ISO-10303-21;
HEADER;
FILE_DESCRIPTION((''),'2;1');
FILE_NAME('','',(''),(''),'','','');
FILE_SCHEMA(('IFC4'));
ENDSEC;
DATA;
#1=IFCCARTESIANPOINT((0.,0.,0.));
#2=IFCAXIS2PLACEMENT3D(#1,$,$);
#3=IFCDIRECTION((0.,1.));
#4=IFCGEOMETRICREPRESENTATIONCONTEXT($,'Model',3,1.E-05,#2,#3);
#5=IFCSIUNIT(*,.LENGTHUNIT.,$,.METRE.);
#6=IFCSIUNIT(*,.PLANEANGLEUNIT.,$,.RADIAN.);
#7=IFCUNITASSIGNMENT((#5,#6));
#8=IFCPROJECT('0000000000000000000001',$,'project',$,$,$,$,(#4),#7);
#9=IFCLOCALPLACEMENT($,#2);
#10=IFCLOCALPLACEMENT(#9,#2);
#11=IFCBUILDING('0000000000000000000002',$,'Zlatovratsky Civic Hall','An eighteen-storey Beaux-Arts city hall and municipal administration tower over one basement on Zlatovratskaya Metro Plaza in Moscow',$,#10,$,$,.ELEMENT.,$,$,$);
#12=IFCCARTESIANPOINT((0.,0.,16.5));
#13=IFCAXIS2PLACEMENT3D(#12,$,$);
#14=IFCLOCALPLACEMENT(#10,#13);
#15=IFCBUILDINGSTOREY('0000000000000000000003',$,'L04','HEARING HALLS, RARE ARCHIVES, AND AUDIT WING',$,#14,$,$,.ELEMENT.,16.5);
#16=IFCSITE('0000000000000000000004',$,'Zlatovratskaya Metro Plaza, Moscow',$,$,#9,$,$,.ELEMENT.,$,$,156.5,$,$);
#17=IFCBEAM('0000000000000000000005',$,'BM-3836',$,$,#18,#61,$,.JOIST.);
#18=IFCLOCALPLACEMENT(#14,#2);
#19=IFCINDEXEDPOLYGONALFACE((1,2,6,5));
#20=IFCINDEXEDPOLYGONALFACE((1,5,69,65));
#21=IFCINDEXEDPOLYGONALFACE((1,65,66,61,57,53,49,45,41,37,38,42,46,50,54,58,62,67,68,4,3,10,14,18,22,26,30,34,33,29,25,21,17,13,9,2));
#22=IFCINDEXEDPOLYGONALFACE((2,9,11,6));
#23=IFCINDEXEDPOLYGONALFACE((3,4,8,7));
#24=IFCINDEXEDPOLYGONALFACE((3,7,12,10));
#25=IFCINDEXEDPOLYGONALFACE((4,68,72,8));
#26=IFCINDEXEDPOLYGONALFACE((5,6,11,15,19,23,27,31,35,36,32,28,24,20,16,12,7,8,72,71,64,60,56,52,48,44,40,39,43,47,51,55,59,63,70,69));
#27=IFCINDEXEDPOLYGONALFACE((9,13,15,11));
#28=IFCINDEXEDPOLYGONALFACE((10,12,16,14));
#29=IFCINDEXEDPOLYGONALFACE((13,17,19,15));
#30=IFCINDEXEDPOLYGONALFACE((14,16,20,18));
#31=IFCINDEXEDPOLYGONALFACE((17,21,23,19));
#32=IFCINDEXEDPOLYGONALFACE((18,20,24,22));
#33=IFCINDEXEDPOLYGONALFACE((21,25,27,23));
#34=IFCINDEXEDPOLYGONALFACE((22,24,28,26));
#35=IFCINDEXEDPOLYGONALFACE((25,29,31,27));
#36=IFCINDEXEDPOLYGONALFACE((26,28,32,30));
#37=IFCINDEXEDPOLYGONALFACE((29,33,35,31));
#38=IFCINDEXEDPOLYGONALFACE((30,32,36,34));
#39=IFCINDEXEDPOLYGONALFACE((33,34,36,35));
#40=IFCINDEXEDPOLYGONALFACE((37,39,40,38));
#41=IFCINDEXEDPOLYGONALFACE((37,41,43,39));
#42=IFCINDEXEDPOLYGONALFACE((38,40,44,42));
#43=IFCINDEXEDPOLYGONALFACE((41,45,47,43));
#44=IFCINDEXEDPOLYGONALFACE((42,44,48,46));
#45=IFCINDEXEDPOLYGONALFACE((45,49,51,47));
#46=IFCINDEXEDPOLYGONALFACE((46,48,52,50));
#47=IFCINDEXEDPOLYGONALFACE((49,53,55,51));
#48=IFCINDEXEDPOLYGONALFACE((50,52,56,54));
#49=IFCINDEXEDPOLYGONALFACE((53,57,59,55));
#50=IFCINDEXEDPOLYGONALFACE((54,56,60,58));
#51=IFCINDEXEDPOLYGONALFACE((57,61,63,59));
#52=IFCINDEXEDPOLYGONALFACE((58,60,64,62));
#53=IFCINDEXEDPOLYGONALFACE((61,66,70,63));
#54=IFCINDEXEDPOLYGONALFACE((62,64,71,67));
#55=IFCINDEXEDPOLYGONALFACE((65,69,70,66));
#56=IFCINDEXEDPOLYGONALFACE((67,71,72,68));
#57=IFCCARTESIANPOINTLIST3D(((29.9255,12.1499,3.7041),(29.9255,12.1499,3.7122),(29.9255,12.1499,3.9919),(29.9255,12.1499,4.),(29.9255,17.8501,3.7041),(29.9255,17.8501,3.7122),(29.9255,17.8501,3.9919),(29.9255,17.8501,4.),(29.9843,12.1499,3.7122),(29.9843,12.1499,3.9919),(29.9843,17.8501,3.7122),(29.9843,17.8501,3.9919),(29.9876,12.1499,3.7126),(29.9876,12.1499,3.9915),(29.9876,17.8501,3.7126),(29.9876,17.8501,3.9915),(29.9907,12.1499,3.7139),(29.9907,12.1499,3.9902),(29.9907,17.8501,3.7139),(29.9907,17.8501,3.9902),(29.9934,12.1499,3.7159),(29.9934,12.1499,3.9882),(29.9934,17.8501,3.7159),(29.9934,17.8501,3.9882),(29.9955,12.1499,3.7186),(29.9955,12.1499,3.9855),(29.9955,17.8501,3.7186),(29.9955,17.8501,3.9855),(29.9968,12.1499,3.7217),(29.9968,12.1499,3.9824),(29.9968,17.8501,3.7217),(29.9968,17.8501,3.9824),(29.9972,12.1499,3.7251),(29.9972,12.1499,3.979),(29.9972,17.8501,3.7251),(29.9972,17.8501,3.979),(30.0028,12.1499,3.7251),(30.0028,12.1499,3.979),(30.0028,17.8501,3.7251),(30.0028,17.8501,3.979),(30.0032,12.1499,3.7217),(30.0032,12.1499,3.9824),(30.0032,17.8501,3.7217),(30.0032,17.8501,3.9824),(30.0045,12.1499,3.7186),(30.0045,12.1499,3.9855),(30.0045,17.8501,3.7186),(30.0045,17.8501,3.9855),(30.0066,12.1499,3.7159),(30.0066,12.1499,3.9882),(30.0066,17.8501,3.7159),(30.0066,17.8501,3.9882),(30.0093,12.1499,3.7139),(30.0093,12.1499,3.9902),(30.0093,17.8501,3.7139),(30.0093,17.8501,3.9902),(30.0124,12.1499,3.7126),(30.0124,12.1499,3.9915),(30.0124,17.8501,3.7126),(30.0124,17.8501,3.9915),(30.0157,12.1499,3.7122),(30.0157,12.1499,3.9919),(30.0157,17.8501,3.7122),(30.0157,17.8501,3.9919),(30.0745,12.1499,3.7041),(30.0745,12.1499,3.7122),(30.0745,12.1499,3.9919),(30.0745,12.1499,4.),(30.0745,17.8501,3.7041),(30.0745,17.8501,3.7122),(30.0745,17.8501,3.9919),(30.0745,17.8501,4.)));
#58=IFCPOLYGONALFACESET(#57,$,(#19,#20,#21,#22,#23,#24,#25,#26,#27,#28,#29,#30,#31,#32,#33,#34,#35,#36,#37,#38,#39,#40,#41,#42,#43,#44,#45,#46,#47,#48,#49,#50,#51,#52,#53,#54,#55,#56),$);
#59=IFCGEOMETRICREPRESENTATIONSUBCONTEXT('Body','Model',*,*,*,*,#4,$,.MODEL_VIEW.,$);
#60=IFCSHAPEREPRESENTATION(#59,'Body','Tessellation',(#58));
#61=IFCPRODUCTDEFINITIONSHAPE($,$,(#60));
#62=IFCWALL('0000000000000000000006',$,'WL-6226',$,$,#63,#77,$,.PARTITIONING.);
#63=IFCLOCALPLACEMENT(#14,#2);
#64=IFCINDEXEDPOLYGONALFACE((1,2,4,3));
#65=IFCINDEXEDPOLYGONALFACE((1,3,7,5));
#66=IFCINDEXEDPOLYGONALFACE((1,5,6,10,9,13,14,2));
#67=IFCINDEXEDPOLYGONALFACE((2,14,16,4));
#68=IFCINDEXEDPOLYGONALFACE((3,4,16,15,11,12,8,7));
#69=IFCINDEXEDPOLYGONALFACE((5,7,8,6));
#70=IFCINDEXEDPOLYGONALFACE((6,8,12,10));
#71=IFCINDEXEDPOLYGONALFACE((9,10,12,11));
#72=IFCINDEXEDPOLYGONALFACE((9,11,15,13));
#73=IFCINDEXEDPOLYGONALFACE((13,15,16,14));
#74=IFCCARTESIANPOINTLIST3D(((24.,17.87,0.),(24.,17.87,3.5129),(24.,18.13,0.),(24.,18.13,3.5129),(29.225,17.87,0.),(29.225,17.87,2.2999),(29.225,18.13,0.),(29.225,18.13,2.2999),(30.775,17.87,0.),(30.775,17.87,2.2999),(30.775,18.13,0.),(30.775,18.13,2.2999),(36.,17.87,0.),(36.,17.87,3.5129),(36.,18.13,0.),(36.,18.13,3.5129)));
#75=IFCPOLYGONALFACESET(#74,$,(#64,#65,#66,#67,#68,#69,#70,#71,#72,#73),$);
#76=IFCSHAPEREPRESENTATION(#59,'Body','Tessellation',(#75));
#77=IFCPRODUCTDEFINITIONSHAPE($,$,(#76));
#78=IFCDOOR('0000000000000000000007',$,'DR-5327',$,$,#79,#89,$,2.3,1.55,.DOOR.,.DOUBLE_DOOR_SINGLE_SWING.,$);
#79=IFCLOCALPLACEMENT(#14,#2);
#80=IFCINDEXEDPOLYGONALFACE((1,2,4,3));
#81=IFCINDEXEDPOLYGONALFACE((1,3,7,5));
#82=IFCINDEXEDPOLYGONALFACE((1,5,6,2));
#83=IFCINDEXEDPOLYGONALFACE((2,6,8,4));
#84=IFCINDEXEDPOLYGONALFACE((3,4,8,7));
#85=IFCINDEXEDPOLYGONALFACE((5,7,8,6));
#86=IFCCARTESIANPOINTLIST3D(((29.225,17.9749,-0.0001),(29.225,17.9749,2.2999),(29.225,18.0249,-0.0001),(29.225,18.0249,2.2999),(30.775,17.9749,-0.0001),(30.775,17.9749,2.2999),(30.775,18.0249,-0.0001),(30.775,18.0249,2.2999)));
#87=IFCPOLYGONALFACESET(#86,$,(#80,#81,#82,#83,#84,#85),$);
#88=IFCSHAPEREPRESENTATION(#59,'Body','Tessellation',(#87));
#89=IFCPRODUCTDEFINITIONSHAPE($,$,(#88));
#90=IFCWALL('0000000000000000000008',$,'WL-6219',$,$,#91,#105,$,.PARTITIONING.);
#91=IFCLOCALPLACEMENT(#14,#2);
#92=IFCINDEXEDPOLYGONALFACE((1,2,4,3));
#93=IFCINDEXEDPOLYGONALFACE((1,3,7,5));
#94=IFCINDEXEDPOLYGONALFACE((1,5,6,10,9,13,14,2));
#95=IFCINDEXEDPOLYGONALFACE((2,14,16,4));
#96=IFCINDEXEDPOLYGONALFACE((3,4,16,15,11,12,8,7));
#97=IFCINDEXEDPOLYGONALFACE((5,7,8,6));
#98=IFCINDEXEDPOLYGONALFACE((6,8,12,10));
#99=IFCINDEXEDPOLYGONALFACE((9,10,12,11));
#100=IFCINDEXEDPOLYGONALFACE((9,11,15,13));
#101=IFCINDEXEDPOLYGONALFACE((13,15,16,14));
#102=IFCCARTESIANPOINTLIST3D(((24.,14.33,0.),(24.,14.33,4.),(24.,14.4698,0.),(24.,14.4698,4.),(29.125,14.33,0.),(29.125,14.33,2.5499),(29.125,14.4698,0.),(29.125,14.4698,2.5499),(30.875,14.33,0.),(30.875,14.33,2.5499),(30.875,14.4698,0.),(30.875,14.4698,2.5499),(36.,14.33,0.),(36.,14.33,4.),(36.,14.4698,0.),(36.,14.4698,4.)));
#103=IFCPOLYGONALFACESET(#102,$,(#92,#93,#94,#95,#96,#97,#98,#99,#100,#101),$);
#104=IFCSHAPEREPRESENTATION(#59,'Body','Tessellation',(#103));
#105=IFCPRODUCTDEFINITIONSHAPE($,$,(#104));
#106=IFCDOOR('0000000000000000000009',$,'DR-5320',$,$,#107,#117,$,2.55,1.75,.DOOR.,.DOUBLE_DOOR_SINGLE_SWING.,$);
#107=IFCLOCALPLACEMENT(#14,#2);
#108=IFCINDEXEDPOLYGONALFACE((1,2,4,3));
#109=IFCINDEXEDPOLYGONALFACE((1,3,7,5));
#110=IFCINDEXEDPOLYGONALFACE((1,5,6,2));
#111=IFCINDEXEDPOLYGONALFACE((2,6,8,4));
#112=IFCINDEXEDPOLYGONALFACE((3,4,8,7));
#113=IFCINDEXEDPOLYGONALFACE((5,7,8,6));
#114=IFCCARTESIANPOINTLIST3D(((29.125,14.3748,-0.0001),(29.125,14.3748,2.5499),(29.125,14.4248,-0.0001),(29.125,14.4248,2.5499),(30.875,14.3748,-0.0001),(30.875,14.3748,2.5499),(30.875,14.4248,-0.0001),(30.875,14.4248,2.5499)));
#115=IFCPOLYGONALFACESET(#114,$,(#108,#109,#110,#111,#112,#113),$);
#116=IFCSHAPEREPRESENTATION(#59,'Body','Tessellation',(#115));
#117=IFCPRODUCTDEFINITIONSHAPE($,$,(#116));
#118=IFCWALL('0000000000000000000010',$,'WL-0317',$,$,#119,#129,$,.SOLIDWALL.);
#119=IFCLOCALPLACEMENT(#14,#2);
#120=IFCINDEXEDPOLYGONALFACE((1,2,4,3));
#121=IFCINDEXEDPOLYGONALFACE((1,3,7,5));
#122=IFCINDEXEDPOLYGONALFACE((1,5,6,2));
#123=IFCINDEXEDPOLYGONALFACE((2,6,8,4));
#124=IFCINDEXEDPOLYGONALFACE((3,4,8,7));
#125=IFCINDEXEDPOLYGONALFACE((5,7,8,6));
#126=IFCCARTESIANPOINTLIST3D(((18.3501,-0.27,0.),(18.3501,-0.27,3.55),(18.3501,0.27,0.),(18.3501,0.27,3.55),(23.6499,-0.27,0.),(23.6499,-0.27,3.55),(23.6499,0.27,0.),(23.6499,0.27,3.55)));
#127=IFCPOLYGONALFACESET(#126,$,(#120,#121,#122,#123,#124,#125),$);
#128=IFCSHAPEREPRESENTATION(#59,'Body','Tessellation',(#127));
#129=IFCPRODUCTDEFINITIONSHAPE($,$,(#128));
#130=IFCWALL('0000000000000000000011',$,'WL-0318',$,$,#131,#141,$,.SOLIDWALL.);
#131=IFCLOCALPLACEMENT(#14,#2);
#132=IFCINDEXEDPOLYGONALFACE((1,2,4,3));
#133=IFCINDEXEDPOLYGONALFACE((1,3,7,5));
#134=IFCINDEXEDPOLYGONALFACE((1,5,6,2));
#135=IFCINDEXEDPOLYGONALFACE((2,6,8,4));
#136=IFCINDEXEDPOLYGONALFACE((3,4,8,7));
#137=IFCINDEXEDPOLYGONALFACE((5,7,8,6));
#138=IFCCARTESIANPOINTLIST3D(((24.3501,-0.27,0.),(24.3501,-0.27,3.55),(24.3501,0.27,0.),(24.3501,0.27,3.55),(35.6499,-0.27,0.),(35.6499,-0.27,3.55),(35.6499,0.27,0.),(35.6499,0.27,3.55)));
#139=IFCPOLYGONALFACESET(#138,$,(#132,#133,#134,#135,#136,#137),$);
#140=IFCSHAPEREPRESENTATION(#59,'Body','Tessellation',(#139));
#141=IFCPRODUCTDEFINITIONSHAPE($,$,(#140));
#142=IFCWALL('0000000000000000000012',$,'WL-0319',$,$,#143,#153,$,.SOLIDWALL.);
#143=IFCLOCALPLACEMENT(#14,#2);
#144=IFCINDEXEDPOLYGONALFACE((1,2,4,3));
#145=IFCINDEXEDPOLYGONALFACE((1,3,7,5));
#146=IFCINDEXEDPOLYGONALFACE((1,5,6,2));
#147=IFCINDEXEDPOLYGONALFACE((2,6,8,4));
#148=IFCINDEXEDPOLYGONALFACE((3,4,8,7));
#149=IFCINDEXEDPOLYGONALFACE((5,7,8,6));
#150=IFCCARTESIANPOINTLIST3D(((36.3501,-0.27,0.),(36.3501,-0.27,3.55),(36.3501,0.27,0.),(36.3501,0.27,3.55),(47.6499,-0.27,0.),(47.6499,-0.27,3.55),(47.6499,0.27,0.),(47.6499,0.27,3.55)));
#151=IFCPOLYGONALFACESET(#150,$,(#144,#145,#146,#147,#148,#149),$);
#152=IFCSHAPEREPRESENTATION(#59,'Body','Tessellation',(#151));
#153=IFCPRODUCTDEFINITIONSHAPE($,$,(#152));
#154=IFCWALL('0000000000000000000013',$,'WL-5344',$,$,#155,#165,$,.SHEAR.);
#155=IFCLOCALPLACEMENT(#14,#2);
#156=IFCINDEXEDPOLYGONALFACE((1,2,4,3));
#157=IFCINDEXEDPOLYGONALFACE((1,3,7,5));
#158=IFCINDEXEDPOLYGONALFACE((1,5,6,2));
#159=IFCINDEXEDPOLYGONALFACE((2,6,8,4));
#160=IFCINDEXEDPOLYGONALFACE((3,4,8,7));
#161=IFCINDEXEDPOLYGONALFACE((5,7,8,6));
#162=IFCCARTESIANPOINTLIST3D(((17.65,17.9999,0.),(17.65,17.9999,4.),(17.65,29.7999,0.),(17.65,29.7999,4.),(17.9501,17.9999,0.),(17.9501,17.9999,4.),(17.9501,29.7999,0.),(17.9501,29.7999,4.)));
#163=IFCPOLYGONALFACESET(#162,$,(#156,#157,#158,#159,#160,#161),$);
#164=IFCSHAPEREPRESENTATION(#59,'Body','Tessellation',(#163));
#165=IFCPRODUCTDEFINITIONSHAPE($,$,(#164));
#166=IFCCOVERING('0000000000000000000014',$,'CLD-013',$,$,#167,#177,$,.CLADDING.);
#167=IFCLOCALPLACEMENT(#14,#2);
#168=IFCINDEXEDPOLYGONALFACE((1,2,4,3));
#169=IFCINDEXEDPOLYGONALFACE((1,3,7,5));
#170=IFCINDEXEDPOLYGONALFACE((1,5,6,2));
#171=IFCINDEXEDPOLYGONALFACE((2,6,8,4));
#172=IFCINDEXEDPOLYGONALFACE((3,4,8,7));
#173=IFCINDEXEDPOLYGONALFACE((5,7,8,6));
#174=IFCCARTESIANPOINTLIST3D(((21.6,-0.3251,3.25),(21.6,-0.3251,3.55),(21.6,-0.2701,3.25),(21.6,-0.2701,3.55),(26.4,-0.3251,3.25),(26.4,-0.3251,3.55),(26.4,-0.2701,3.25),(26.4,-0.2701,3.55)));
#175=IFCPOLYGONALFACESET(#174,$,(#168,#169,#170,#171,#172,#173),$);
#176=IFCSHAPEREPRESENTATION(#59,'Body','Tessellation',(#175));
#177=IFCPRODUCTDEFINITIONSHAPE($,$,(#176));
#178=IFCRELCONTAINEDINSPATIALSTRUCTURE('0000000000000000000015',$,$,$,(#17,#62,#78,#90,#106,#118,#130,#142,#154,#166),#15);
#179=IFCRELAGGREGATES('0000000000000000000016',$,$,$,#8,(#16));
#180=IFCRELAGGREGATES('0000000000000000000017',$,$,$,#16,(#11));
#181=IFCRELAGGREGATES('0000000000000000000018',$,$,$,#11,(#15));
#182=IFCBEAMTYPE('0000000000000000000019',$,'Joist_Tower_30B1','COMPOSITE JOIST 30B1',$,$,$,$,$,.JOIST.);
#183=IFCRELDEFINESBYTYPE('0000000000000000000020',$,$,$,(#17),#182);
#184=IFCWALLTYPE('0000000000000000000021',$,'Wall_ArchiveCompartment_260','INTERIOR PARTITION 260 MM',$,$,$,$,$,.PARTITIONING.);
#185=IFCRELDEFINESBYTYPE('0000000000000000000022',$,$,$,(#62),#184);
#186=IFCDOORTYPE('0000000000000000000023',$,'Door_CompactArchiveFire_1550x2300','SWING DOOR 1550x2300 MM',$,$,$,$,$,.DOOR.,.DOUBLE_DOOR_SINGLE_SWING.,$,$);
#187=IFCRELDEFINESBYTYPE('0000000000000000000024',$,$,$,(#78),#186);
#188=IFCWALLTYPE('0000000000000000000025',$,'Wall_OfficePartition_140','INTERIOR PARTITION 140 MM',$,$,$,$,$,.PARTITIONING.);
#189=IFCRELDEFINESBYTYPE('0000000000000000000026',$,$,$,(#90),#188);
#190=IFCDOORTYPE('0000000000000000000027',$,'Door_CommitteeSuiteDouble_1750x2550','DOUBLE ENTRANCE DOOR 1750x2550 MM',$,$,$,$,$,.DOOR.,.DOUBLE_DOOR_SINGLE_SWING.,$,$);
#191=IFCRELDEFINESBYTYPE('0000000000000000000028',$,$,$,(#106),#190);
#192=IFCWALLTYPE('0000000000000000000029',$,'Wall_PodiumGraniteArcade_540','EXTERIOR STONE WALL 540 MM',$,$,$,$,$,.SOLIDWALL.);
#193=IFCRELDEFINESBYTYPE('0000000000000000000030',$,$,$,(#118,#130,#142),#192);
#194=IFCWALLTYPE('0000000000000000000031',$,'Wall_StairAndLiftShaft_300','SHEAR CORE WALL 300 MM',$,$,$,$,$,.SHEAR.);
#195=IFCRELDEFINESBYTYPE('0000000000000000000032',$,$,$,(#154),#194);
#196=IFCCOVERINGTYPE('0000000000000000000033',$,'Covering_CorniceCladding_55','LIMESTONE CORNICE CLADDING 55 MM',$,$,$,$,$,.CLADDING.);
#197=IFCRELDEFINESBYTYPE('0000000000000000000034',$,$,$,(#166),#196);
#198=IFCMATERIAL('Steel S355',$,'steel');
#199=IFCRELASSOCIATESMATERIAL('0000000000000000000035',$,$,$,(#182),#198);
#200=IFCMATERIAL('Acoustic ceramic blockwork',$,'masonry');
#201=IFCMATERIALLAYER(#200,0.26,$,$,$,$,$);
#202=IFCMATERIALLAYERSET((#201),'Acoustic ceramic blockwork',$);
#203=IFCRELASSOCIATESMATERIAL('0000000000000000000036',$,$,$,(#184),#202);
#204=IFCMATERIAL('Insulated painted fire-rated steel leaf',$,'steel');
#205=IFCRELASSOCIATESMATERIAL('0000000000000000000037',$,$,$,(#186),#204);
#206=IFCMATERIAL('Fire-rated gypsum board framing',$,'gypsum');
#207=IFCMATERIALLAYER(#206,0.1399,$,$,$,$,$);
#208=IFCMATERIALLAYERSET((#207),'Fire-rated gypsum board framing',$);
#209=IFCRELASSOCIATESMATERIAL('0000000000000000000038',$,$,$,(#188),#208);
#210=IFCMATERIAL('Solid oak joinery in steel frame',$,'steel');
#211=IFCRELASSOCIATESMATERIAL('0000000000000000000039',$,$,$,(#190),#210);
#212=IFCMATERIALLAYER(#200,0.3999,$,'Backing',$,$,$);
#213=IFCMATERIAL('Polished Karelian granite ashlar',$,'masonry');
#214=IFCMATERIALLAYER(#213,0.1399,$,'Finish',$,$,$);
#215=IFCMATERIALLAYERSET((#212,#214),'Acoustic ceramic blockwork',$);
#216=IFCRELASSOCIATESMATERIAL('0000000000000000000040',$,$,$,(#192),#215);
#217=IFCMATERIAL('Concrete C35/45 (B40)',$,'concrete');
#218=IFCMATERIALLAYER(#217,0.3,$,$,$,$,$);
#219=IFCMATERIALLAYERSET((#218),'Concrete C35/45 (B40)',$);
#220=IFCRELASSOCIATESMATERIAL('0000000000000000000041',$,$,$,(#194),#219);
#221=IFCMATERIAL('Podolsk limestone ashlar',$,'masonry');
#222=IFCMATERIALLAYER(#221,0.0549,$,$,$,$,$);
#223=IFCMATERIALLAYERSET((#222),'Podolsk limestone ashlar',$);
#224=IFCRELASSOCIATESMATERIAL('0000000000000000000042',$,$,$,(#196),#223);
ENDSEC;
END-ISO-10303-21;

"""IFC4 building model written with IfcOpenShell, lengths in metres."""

from ifc_helpers import new_model, si_unit, direction, frame, frame_2d, origin, origin_2d, place, context, subcontext, project, spatial, rectangle, i_section, extrude, material, layer, layer_set, material_profile, profile_set, type_object, element, fill, save


model = new_model("IFC4")

# Units and contexts
model_context = context("Model", 3, precision=1e-05, world=origin(), true_north=direction((0.0, 1.0)))
body_context = subcontext(model_context, "Body", "Model", "MODEL_VIEW")
ifc_project = project(units=[si_unit("LENGTHUNIT", "METRE"), si_unit("PLANEANGLEUNIT", "RADIAN")], contexts=[model_context])

# Site, building, storey
site_placement = place(None, origin())
site = spatial("IfcSite", under=ifc_project, at=site_placement, Name="Zlatovratskaya Metro Plaza, Moscow", CompositionType="ELEMENT", RefElevation=156.5)
building_placement = place(site_placement, origin())
building = spatial("IfcBuilding", under=site, at=building_placement, Name="Zlatovratsky Civic Hall", Description="An eighteen-storey Beaux-Arts city hall and municipal administration tower over one basement on Zlatovratskaya Metro Plaza in Moscow", CompositionType="ELEMENT")
storey_placement = place(building_placement, frame((0.0, 0.0, 16.5)))
storey = spatial("IfcBuildingStorey", under=building, at=storey_placement, Name="L04", Description="HEARING HALLS, RARE ARCHIVES, AND AUDIT WING", CompositionType="ELEMENT", Elevation=16.5)

# Shared definitions
ifc_material_1 = material(Name="Concrete C35/45 (B40)", Category="concrete")
ifc_material_2 = material(Name="Steel S355", Category="steel")

# Beam
ifc_material_profile_1 = material_profile(ifc_material_2, i_section(OverallWidth=0.1489, OverallDepth=0.2959, WebThickness=0.0056, FlangeThickness=0.0081, FilletRadius=0.0129, at=origin_2d()), Name="30B1")
ifc_profile_set_1 = profile_set([ifc_material_profile_1], Name="Steel S355")
beam_type_1 = type_object("IfcBeamType", Name="Joist_Tower_30B1", Description="COMPOSITE JOIST 30B1", PredefinedType="JOIST", material=ifc_profile_set_1)
beam_1_placement = place(storey_placement, frame((30.0, 12.1499, 3.8521), z_axis=(0.0, 1.0, 0.0), x_axis=(-1.0, 0.0, 0.0)))
element("IfcBeam", 1, at=beam_1_placement, inside=storey, type_object=beam_type_1, Name="BM-3836", PredefinedType="JOIST", context=body_context, shape_type="SweptSolid", body=[
    extrude(i_section(OverallWidth=0.1489, OverallDepth=0.2959, WebThickness=0.0056, FlangeThickness=0.0081, FilletRadius=0.0129, at=origin_2d()), origin(), (0.0, 0.0, 1.0), 5.7002),
])

# Walls, openings, doors
ifc_material_3 = material(Name="Acoustic ceramic blockwork", Category="masonry")
ifc_layer_1 = layer(ifc_material_3, 0.26)
ifc_layer_set_1 = layer_set([ifc_layer_1], Name="Acoustic ceramic blockwork")
wall_type_1 = type_object("IfcWallType", Name="Wall_ArchiveCompartment_260", Description="INTERIOR PARTITION 260 MM", PredefinedType="PARTITIONING", material=ifc_layer_set_1)
wall_1_placement = place(storey_placement, frame((24.0, 18.0, 0.0), z_axis=(0.0, 0.0, 1.0), x_axis=(1.0, 0.0, 0.0)))
wall_1 = element("IfcWall", 2, at=wall_1_placement, inside=storey, type_object=wall_type_1, Name="WL-6226", PredefinedType="PARTITIONING", context=body_context, shape_type="SweptSolid", body=[
    extrude(rectangle(XDim=12.0, YDim=0.26, at=frame_2d((6.0, 0.0))), origin(), (0.0, 0.0, 1.0), 3.5129),
])
opening_1_placement = place(wall_1_placement, frame((5.2251, 0.0, 0.0)))
opening_1 = element("IfcOpeningElement", 3, at=opening_1_placement, cuts=wall_1, PredefinedType="OPENING", context=body_context, shape_type="SweptSolid", body=[
    extrude(rectangle(XDim=1.55, YDim=2.3, at=frame_2d((0.7749, 1.1499))), frame((0.0, 0.145, 0.0), z_axis=(0.0, -1.0, 0.0), x_axis=(1.0, 0.0, 0.0)), (0.0, 0.0, 1.0), 0.2898),
])
ifc_material_4 = material(Name="Insulated painted fire-rated steel leaf", Category="steel")
door_type_1 = type_object("IfcDoorType", Name="Door_CompactArchiveFire_1550x2300", Description="SWING DOOR 1550x2300 MM", OperationType="DOUBLE_DOOR_SINGLE_SWING", PredefinedType="DOOR", material=ifc_material_4)
door_1_placement = place(opening_1_placement, origin())
door_1 = element("IfcDoor", 4, at=door_1_placement, inside=storey, type_object=door_type_1, Name="DR-5327", OperationType="DOUBLE_DOOR_SINGLE_SWING", OverallHeight=2.3, OverallWidth=1.55, PredefinedType="DOOR", context=body_context, shape_type="SweptSolid", body=[
    extrude(rectangle(XDim=1.55, YDim=2.3, at=frame_2d((0.7749, 1.1499))), frame((0.0, 0.0249, 0.0), z_axis=(0.0, -1.0, 0.0), x_axis=(1.0, 0.0, 0.0)), (0.0, 0.0, 1.0), 0.05),
])
fill(opening_1, door_1)
ifc_material_5 = material(Name="Fire-rated gypsum board framing", Category="gypsum")
ifc_layer_2 = layer(ifc_material_5, 0.1399)
ifc_layer_set_2 = layer_set([ifc_layer_2], Name="Fire-rated gypsum board framing")
wall_type_2 = type_object("IfcWallType", Name="Wall_OfficePartition_140", Description="INTERIOR PARTITION 140 MM", PredefinedType="PARTITIONING", material=ifc_layer_set_2)
wall_2_placement = place(storey_placement, frame((24.0, 14.3999, 0.0), z_axis=(0.0, 0.0, 1.0), x_axis=(1.0, 0.0, 0.0)))
wall_2 = element("IfcWall", 5, at=wall_2_placement, inside=storey, type_object=wall_type_2, Name="WL-6219", PredefinedType="PARTITIONING", context=body_context, shape_type="SweptSolid", body=[
    extrude(rectangle(XDim=12.0, YDim=0.1399, at=frame_2d((6.0, 0.0))), origin(), (0.0, 0.0, 1.0), 4.0),
])
opening_2_placement = place(wall_2_placement, frame((5.125, 0.0, 0.0)))
opening_2 = element("IfcOpeningElement", 6, at=opening_2_placement, cuts=wall_2, PredefinedType="OPENING", context=body_context, shape_type="SweptSolid", body=[
    extrude(rectangle(XDim=1.75, YDim=2.55, at=frame_2d((0.875, 1.2749))), frame((0.0, 0.085, 0.0), z_axis=(0.0, -1.0, 0.0), x_axis=(1.0, 0.0, 0.0)), (0.0, 0.0, 1.0), 0.1697),
])
ifc_material_6 = material(Name="Solid oak joinery in steel frame", Category="steel")
door_type_2 = type_object("IfcDoorType", Name="Door_CommitteeSuiteDouble_1750x2550", Description="DOUBLE ENTRANCE DOOR 1750x2550 MM", OperationType="DOUBLE_DOOR_SINGLE_SWING", PredefinedType="DOOR", material=ifc_material_6)
door_2_placement = place(opening_2_placement, origin())
door_2 = element("IfcDoor", 7, at=door_2_placement, inside=storey, type_object=door_type_2, Name="DR-5320", OperationType="DOUBLE_DOOR_SINGLE_SWING", OverallHeight=2.55, OverallWidth=1.75, PredefinedType="DOOR", context=body_context, shape_type="SweptSolid", body=[
    extrude(rectangle(XDim=1.75, YDim=2.55, at=frame_2d((0.875, 1.2749))), frame((0.0, 0.0249, 0.0), z_axis=(0.0, -1.0, 0.0), x_axis=(1.0, 0.0, 0.0)), (0.0, 0.0, 1.0), 0.05),
])
fill(opening_2, door_2)

# Walls
ifc_layer_3 = layer(ifc_material_3, 0.3999, Name="Backing")
ifc_material_7 = material(Name="Polished Karelian granite ashlar", Category="masonry")
ifc_layer_4 = layer(ifc_material_7, 0.1399, Name="Finish")
ifc_layer_set_3 = layer_set([ifc_layer_3, ifc_layer_4], Name="Acoustic ceramic blockwork")
wall_type_3 = type_object("IfcWallType", Name="Wall_PodiumGraniteArcade_540", Description="EXTERIOR STONE WALL 540 MM", PredefinedType="SOLIDWALL", material=ifc_layer_set_3)
wall_3_placement = place(storey_placement, frame((18.3501, 0.0, 0.0), z_axis=(0.0, 0.0, 1.0), x_axis=(1.0, 0.0, 0.0)))
element("IfcWall", 8, at=wall_3_placement, inside=storey, type_object=wall_type_3, Name="WL-0317", PredefinedType="SOLIDWALL", context=body_context, shape_type="SweptSolid", body=[
    extrude(rectangle(XDim=5.2998, YDim=0.54, at=frame_2d((2.6499, 0.0))), origin(), (0.0, 0.0, 1.0), 3.55),
])
for number, where, z_axis, x_axis, name in (
    (9, (24.3501, 0.0, 0.0), (0.0, 0.0, 1.0), (1.0, 0.0, 0.0), "WL-0318"),
    (10, (36.3501, 0.0, 0.0), (0.0, 0.0, 1.0), (1.0, 0.0, 0.0), "WL-0319"),
):
    element("IfcWall", number, at=place(storey_placement, frame(where, z_axis=z_axis, x_axis=x_axis)), inside=storey, type_object=wall_type_3, Name=name, PredefinedType="SOLIDWALL", context=body_context, shape_type="SweptSolid", body=[
        extrude(rectangle(XDim=11.2998, YDim=0.54, at=frame_2d((5.6499, 0.0))), origin(), (0.0, 0.0, 1.0), 3.55),
    ])
ifc_layer_5 = layer(ifc_material_1, 0.3)
ifc_layer_set_4 = layer_set([ifc_layer_5], Name="Concrete C35/45 (B40)")
wall_type_4 = type_object("IfcWallType", Name="Wall_StairAndLiftShaft_300", Description="SHEAR CORE WALL 300 MM", PredefinedType="SHEAR", material=ifc_layer_set_4)
wall_4_placement = place(storey_placement, frame((17.8, 18.0, 0.0), z_axis=(0.0, 0.0, 1.0), x_axis=(0.0, 1.0, 0.0)))
element("IfcWall", 11, at=wall_4_placement, inside=storey, type_object=wall_type_4, Name="WL-5344", PredefinedType="SHEAR", context=body_context, shape_type="SweptSolid", body=[
    extrude(rectangle(XDim=11.8, YDim=0.3, at=frame_2d((5.8999, 0.0))), origin(), (0.0, 0.0, 1.0), 4.0),
])

# Covering
ifc_material_8 = material(Name="Podolsk limestone ashlar", Category="masonry")
ifc_layer_6 = layer(ifc_material_8, 0.0549)
ifc_layer_set_5 = layer_set([ifc_layer_6], Name="Podolsk limestone ashlar")
covering_type = type_object("IfcCoveringType", Name="Covering_CorniceCladding_55", Description="LIMESTONE CORNICE CLADDING 55 MM", PredefinedType="CLADDING", material=ifc_layer_set_5)
covering_placement = place(storey_placement, frame((24.0, -0.2976, 3.25), z_axis=(0.0, 0.0, 1.0), x_axis=(1.0, 0.0, 0.0)))
element("IfcCovering", 12, at=covering_placement, inside=storey, type_object=covering_type, Name="CLD-013", PredefinedType="CLADDING", context=body_context, shape_type="SweptSolid", body=[
    extrude(rectangle(XDim=4.8, YDim=0.0549, at=origin_2d()), origin(), (0.0, 0.0, 1.0), 0.3),
])

save(model, "model.ifc")
